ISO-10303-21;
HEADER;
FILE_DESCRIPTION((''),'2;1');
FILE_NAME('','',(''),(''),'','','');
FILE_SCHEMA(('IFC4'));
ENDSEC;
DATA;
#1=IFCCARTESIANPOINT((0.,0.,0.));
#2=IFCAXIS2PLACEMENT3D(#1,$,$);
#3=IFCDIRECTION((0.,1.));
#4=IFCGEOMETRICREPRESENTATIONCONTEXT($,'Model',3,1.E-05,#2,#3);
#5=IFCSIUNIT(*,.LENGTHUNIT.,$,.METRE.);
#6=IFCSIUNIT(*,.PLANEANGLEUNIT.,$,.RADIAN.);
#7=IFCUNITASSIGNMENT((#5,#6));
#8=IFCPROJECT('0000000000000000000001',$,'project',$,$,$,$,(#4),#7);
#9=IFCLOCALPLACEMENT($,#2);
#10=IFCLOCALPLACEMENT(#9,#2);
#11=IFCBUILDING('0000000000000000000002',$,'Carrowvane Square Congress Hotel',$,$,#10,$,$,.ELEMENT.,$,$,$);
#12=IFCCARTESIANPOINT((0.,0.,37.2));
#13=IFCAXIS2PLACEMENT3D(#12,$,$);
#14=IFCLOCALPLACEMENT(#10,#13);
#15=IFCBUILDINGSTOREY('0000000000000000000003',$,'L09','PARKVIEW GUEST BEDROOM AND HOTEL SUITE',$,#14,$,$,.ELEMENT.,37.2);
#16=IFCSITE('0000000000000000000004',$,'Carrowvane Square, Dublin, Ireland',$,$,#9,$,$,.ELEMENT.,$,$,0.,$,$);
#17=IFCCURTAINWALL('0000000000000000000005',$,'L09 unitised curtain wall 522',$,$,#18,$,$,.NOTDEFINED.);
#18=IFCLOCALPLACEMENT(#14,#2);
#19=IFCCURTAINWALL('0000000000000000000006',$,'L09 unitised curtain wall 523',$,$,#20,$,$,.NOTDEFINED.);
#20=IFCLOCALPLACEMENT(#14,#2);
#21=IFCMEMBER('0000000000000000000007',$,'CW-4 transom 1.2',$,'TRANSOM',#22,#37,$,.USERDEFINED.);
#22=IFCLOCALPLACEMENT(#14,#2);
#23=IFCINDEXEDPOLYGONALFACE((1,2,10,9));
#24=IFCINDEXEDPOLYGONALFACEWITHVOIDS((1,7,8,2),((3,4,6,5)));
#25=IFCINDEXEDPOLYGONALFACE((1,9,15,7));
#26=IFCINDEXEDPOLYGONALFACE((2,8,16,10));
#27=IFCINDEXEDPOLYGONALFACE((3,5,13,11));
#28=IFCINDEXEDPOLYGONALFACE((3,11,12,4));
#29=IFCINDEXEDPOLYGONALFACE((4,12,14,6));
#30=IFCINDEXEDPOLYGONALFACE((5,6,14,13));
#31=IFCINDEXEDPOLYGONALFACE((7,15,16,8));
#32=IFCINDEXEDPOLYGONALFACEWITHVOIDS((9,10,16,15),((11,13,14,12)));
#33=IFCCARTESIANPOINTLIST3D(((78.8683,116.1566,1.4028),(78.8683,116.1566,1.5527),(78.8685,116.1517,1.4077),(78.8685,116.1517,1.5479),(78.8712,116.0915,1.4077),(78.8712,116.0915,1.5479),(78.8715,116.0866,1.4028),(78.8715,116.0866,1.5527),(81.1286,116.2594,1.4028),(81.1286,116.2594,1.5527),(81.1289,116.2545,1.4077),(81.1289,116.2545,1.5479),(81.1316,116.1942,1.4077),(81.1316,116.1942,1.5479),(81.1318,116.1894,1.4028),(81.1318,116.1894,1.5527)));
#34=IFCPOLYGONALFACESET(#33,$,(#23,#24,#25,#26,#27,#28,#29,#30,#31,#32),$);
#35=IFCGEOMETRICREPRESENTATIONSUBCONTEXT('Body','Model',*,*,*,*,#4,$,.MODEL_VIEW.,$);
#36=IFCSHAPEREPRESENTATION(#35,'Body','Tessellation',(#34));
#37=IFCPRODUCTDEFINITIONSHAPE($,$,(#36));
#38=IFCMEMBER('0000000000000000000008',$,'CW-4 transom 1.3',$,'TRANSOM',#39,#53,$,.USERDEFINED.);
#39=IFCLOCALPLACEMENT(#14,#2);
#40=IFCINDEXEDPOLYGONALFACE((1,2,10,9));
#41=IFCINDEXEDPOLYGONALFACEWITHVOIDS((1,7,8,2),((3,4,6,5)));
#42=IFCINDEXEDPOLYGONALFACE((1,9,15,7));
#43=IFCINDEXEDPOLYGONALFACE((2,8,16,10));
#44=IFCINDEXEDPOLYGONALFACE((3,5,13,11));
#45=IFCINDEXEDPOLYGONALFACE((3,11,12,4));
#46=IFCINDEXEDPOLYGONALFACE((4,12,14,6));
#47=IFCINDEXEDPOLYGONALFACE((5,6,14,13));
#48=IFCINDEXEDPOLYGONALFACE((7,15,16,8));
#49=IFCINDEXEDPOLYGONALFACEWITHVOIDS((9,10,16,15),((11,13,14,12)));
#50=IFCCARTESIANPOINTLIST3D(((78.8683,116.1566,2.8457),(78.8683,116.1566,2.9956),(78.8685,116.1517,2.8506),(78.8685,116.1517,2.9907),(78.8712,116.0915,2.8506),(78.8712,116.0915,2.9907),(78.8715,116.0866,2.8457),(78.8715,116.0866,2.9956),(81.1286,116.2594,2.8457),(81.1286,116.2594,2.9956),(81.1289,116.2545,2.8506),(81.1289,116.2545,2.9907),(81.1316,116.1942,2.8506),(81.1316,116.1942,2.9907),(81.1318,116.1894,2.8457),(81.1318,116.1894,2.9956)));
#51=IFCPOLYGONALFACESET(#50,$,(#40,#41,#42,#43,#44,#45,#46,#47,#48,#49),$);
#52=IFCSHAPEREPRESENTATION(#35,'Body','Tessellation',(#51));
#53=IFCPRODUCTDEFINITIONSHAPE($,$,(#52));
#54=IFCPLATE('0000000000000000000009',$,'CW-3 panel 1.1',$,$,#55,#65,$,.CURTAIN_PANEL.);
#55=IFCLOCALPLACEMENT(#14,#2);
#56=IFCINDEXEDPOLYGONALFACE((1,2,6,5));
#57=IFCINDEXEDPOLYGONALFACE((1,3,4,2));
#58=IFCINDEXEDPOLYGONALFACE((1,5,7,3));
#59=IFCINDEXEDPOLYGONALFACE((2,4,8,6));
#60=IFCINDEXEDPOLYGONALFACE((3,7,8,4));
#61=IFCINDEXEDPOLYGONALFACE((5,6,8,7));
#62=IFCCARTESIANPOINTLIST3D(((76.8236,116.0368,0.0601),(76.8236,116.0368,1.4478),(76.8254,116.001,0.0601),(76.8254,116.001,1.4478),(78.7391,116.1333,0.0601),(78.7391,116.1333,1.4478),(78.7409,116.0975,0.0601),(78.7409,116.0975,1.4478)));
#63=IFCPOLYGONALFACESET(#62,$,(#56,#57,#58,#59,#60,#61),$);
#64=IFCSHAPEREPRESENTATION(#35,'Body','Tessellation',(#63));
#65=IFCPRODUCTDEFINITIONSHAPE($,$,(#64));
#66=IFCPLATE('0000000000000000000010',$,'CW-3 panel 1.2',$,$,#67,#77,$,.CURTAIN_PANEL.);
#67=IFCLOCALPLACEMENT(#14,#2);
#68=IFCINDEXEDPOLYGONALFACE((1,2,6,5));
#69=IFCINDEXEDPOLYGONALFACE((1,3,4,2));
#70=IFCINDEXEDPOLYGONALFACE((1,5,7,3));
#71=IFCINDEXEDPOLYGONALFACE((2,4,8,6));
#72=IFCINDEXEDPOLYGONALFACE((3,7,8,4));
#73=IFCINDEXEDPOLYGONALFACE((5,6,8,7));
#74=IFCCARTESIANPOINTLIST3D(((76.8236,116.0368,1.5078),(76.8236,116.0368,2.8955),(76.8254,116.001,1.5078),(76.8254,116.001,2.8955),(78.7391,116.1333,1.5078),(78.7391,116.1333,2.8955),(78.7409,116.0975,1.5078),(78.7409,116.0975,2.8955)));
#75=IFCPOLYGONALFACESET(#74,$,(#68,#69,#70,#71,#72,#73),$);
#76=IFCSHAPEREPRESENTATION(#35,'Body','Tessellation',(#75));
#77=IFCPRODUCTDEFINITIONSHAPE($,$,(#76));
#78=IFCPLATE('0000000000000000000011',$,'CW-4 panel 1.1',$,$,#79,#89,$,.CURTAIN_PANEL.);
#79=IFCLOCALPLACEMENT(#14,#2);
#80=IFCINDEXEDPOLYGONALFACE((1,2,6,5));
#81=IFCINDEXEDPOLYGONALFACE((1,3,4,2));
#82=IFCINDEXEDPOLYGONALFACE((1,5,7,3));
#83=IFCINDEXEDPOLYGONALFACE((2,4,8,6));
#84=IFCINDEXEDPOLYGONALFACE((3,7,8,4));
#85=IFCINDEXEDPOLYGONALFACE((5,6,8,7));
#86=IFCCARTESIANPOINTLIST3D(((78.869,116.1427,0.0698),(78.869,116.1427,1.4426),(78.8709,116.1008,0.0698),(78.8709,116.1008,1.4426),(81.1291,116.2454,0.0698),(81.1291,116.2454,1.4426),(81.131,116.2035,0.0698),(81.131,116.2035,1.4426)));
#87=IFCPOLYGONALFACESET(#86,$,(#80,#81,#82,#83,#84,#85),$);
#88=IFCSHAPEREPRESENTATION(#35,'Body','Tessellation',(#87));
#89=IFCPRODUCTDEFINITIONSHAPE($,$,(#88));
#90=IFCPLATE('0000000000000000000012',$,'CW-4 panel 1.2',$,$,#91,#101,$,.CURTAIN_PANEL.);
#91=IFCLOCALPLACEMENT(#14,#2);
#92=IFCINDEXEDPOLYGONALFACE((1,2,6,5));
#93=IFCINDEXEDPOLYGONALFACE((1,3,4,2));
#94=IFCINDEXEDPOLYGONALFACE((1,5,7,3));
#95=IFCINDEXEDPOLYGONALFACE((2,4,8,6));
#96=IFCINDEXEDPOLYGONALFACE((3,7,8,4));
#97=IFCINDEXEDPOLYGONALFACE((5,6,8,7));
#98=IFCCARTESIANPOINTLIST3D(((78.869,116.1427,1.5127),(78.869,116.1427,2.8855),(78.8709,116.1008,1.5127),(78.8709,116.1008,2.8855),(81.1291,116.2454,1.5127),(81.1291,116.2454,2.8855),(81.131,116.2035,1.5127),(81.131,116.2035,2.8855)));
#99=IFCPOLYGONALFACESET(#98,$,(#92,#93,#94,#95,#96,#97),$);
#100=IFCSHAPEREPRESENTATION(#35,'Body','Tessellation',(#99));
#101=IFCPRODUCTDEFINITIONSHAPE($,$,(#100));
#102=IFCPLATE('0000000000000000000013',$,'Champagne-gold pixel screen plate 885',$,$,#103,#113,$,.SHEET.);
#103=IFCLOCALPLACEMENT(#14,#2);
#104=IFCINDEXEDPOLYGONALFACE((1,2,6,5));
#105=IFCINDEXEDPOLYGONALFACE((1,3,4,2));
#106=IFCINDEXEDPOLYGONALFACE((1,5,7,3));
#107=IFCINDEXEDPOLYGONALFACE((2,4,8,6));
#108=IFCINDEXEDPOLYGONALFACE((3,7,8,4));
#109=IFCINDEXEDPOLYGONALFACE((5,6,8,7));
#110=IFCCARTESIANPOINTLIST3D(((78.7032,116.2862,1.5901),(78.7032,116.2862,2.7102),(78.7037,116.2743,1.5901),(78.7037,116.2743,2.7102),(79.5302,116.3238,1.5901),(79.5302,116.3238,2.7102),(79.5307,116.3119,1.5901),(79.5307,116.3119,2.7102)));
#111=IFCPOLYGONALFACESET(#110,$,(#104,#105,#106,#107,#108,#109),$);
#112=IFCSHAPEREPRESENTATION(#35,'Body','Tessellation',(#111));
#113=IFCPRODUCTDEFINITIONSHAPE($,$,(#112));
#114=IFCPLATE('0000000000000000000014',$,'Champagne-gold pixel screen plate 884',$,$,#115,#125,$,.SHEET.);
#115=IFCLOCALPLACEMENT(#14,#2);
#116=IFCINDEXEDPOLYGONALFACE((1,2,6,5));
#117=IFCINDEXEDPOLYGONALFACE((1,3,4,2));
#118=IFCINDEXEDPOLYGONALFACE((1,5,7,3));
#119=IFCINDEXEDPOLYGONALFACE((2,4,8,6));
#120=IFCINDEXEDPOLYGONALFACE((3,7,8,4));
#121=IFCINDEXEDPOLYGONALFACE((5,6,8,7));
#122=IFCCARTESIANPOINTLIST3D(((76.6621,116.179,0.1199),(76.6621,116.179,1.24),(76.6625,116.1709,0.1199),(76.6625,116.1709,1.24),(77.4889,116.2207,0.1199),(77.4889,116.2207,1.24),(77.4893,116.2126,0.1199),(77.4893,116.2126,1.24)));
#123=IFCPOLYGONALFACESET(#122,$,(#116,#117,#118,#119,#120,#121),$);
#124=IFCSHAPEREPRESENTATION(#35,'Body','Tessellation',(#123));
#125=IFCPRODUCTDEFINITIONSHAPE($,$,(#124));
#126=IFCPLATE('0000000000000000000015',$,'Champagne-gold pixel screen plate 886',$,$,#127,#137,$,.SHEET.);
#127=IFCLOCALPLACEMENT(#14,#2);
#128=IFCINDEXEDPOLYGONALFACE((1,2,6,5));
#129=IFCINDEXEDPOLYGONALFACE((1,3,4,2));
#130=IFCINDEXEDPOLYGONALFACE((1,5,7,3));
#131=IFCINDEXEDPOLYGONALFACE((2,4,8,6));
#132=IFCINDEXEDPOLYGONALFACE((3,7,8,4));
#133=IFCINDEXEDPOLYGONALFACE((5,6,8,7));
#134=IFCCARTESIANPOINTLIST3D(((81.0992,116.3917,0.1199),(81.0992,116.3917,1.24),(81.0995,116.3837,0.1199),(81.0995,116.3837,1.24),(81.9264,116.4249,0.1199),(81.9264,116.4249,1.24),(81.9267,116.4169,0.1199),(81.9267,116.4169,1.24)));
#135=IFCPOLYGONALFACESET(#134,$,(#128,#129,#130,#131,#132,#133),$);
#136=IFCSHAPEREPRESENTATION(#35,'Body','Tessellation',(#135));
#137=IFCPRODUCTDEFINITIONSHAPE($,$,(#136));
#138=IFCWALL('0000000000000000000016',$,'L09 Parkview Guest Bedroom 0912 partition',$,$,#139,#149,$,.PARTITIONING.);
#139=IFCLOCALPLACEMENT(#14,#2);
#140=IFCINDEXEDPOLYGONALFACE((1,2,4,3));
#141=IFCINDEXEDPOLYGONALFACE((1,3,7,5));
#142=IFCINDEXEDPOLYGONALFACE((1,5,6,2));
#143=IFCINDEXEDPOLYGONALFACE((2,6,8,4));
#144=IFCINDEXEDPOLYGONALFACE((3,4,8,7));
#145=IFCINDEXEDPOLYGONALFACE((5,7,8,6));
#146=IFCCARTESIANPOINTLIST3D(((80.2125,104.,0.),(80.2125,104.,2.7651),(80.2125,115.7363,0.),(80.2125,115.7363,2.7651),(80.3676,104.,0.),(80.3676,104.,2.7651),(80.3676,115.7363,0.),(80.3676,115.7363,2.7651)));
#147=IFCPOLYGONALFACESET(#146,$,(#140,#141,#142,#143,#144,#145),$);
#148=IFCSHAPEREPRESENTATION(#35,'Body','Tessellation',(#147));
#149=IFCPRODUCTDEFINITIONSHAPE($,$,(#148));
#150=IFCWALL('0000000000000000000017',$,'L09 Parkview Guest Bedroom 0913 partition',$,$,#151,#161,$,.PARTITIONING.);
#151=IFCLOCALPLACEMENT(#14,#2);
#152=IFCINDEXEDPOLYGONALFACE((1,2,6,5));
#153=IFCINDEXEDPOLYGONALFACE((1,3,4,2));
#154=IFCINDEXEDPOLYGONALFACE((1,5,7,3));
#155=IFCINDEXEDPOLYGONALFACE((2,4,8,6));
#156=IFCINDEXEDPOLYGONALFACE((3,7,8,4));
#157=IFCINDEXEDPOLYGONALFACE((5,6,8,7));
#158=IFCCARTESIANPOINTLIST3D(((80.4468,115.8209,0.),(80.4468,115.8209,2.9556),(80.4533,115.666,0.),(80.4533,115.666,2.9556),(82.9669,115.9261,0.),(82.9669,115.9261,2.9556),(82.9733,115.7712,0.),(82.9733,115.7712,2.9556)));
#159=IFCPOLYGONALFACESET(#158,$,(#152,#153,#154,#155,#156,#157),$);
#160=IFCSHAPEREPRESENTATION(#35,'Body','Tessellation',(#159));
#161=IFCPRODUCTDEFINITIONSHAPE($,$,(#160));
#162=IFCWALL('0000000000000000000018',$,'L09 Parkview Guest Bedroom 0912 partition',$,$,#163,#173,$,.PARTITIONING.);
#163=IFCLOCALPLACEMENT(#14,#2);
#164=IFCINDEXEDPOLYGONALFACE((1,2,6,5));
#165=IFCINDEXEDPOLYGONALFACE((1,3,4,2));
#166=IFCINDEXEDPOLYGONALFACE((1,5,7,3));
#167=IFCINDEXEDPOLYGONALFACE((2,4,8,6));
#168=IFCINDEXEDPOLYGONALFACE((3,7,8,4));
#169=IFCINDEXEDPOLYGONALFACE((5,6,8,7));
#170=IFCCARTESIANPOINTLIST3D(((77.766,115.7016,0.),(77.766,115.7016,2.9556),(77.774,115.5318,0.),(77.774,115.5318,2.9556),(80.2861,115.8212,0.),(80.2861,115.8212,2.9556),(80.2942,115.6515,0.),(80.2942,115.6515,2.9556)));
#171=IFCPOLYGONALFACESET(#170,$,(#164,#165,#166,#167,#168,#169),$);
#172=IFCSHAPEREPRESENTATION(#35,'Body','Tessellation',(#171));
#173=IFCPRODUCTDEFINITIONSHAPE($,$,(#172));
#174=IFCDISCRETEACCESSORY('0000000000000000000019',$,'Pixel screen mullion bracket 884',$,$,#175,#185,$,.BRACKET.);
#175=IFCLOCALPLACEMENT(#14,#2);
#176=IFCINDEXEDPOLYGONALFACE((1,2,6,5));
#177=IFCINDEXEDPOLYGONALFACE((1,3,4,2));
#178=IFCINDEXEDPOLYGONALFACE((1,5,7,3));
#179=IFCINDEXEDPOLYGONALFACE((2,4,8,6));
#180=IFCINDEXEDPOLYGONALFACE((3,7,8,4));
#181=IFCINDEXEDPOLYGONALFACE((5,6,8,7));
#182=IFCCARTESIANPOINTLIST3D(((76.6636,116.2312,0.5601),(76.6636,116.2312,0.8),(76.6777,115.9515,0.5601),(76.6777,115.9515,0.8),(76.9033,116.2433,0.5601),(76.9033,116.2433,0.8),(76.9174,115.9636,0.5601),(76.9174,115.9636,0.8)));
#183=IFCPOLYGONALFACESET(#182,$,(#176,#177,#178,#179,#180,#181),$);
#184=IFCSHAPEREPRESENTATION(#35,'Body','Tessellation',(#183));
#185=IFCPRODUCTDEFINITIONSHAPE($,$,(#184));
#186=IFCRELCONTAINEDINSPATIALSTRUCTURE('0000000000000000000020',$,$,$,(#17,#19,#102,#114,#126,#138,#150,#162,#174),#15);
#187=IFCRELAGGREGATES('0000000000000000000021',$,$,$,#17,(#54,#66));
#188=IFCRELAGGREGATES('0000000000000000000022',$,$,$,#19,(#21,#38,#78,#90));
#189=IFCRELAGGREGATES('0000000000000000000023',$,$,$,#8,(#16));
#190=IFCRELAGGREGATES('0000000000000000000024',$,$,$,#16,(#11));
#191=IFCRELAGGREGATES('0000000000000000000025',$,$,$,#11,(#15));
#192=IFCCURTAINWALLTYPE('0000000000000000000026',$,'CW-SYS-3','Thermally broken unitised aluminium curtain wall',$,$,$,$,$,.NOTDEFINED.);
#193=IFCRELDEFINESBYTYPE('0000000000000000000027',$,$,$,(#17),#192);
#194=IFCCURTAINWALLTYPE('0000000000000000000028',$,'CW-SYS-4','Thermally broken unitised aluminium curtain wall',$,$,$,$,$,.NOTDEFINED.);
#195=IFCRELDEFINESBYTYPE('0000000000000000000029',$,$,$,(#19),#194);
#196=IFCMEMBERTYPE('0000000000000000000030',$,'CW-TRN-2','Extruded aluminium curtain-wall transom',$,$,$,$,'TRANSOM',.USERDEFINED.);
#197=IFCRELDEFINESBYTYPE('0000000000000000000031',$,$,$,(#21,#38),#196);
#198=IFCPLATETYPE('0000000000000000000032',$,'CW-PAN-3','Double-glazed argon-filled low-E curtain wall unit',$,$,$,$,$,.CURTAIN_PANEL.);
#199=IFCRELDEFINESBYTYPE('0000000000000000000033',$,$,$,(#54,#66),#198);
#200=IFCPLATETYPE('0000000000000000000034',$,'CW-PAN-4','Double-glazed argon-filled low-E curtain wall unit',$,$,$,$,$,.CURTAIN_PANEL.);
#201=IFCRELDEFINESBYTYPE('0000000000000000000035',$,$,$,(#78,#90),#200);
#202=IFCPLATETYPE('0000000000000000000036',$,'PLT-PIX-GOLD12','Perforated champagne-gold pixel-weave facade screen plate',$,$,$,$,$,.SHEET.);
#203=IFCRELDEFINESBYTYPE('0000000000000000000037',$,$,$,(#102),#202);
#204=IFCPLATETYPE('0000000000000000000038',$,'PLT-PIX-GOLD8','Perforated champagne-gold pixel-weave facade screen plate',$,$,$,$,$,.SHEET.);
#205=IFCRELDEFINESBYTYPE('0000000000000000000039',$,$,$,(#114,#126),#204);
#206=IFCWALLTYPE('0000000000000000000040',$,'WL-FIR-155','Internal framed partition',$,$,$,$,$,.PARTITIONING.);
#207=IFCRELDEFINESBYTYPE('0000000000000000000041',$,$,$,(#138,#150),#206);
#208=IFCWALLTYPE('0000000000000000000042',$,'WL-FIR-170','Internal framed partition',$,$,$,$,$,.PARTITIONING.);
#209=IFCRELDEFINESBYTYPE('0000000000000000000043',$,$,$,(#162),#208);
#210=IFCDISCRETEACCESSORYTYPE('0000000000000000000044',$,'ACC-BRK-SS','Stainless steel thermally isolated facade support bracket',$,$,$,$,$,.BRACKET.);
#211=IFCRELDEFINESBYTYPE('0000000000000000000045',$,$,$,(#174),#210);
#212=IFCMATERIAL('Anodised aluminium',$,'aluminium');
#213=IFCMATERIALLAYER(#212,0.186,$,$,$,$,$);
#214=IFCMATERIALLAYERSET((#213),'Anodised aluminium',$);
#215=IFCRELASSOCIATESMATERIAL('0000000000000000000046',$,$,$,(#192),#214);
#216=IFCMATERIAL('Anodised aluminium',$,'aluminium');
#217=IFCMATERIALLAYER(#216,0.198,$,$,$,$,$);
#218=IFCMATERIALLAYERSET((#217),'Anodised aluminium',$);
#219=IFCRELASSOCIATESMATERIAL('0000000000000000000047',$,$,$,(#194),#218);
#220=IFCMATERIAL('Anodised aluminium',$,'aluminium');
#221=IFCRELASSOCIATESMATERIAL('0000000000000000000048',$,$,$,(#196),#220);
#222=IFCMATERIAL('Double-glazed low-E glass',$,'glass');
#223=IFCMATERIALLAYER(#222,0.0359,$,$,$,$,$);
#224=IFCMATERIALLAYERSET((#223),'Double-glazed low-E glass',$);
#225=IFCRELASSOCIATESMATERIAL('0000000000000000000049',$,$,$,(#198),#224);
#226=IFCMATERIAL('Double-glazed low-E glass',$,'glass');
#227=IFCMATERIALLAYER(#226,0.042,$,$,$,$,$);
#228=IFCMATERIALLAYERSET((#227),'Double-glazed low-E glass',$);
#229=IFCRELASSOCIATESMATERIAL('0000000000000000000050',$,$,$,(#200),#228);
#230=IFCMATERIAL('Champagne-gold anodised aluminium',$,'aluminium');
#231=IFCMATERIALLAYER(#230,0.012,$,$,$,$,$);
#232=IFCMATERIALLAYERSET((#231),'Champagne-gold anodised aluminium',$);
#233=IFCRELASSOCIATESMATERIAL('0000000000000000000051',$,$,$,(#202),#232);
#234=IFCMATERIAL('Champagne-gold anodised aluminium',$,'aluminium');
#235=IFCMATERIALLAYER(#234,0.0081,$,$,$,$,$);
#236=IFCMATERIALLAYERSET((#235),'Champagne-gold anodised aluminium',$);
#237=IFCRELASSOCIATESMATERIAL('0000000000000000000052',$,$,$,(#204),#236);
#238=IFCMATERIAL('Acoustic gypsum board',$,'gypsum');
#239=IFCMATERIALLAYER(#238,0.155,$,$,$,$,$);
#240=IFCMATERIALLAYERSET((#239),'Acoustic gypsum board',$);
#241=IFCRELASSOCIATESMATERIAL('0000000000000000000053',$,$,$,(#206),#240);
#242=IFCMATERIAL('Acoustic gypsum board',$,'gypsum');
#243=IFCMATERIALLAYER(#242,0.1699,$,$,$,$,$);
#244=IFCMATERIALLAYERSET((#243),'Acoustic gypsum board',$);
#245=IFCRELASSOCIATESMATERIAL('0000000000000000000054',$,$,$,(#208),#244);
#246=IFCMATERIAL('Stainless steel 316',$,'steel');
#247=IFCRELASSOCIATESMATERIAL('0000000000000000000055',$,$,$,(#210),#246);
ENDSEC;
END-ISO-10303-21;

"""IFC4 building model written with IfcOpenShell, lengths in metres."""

from ifc_helpers import new_model, si_unit, direction, frame, frame_2d, origin, origin_2d, place, context, subcontext, project, spatial, rectangle, hollow_rectangle, extrude, material, layer, layer_set, material_profile, profile_set, type_object, element, aggregate, save


model = new_model("IFC4")

# Units and contexts
model_context = context("Model", 3, precision=1e-05, world=origin(), true_north=direction((0.0, 1.0)))
body_context = subcontext(model_context, "Body", "Model", "MODEL_VIEW")
ifc_project = project(units=[si_unit("LENGTHUNIT", "METRE"), si_unit("PLANEANGLEUNIT", "RADIAN")], contexts=[model_context])

# Site, building, storey
site_placement = place(None, origin())
site = spatial("IfcSite", under=ifc_project, at=site_placement, Name="Carrowvane Square, Dublin, Ireland", CompositionType="ELEMENT", RefElevation=0.0)
building_placement = place(site_placement, origin())
building = spatial("IfcBuilding", under=site, at=building_placement, Name="Carrowvane Square Congress Hotel", CompositionType="ELEMENT")
storey_placement = place(building_placement, frame((0.0, 0.0, 37.2)))
storey = spatial("IfcBuildingStorey", under=building, at=storey_placement, Name="L09", Description="PARKVIEW GUEST BEDROOM AND HOTEL SUITE", CompositionType="ELEMENT", Elevation=37.2)

# Curtain wall
ifc_material_1 = material(Name="Anodised aluminium", Category="aluminium")
ifc_layer_1 = layer(ifc_material_1, 0.186)
ifc_layer_set_1 = layer_set([ifc_layer_1], Name="Anodised aluminium")
curtain_wall_type_1 = type_object("IfcCurtainWallType", Name="CW-SYS-3", Description="Thermally broken unitised aluminium curtain wall", PredefinedType="NOTDEFINED", material=ifc_layer_set_1)
curtain_wall_1_placement = place(storey_placement, origin())
curtain_wall_1 = element("IfcCurtainWall", 1, at=curtain_wall_1_placement, inside=storey, type_object=curtain_wall_type_1, Name="L09 unitised curtain wall 522", PredefinedType="NOTDEFINED")

# Curtain wall
ifc_material_2 = material(Name="Anodised aluminium", Category="aluminium")
ifc_layer_2 = layer(ifc_material_2, 0.198)
ifc_layer_set_2 = layer_set([ifc_layer_2], Name="Anodised aluminium")
curtain_wall_type_2 = type_object("IfcCurtainWallType", Name="CW-SYS-4", Description="Thermally broken unitised aluminium curtain wall", PredefinedType="NOTDEFINED", material=ifc_layer_set_2)
curtain_wall_2_placement = place(storey_placement, origin())
curtain_wall_2 = element("IfcCurtainWall", 2, at=curtain_wall_2_placement, inside=storey, type_object=curtain_wall_type_2, Name="L09 unitised curtain wall 523", PredefinedType="NOTDEFINED")

# Members
ifc_material_3 = material(Name="Anodised aluminium", Category="aluminium")
ifc_material_profile_1 = material_profile(ifc_material_3, hollow_rectangle(XDim=0.0701, YDim=0.1499, WallThickness=0.0049, at=origin_2d()), Name="CW-TR 70x150x5")
ifc_profile_set_1 = profile_set([ifc_material_profile_1], Name="Anodised aluminium")
member_type_1 = type_object("IfcMemberType", Name="CW-TRN-2", Description="Extruded aluminium curtain-wall transom", ElementType="TRANSOM", PredefinedType="USERDEFINED", material=ifc_profile_set_1)
member_1_placement = place(storey_placement, frame((78.8699, 116.1216, 1.4778), z_axis=(0.998968, 0.045427, 0.0), x_axis=(-0.045427, 0.998968, 0.0)))
member_1 = element("IfcMember", 3, at=member_1_placement, type_object=member_type_1, Name="CW-4 transom 1.2", ObjectType="TRANSOM", PredefinedType="USERDEFINED", context=body_context, shape_type="SweptSolid", body=[
    extrude(hollow_rectangle(XDim=0.0701, YDim=0.1499, WallThickness=0.0049, at=origin_2d()), origin(), (0.0, 0.0, 1.0), 2.2627),
])
member_2_placement = place(storey_placement, frame((78.8699, 116.1216, 2.9207), z_axis=(0.998968, 0.045427, 0.0), x_axis=(-0.045427, 0.998968, 0.0)))
member_2 = element("IfcMember", 4, at=member_2_placement, type_object=member_type_1, Name="CW-4 transom 1.3", ObjectType="TRANSOM", PredefinedType="USERDEFINED", context=body_context, shape_type="SweptSolid", body=[
    extrude(hollow_rectangle(XDim=0.0701, YDim=0.1499, WallThickness=0.0049, at=origin_2d()), origin(), (0.0, 0.0, 1.0), 2.2627),
])

# Plates
ifc_material_4 = material(Name="Double-glazed low-E glass", Category="glass")
ifc_layer_3 = layer(ifc_material_4, 0.0359)
ifc_layer_set_3 = layer_set([ifc_layer_3], Name="Double-glazed low-E glass")
plate_type_1 = type_object("IfcPlateType", Name="CW-PAN-3", Description="Double-glazed argon-filled low-E curtain wall unit", PredefinedType="CURTAIN_PANEL", material=ifc_layer_set_3)
plate_1_placement = place(storey_placement, frame((77.7822, 116.0671, 0.0601), z_axis=(0.0, 0.0, 1.0), x_axis=(0.998733, 0.050324, 0.0)))
plate_1 = element("IfcPlate", 5, at=plate_1_placement, type_object=plate_type_1, Name="CW-3 panel 1.1", PredefinedType="CURTAIN_PANEL", context=body_context, shape_type="SweptSolid", body=[
    extrude(rectangle(XDim=1.918, YDim=0.0359, at=origin_2d()), origin(), (0.0, 0.0, 1.0), 1.3877),
])
plate_2_placement = place(storey_placement, frame((77.7822, 116.0671, 1.5078), z_axis=(0.0, 0.0, 1.0), x_axis=(0.998733, 0.050324, 0.0)))
plate_2 = element("IfcPlate", 6, at=plate_2_placement, type_object=plate_type_1, Name="CW-3 panel 1.2", PredefinedType="CURTAIN_PANEL", context=body_context, shape_type="SweptSolid", body=[
    extrude(rectangle(XDim=1.918, YDim=0.0359, at=origin_2d()), origin(), (0.0, 0.0, 1.0), 1.3877),
])
aggregate(curtain_wall_1, [plate_1, plate_2])
ifc_material_5 = material(Name="Double-glazed low-E glass", Category="glass")
ifc_layer_4 = layer(ifc_material_5, 0.042)
ifc_layer_set_4 = layer_set([ifc_layer_4], Name="Double-glazed low-E glass")
plate_type_2 = type_object("IfcPlateType", Name="CW-PAN-4", Description="Double-glazed argon-filled low-E curtain wall unit", PredefinedType="CURTAIN_PANEL", material=ifc_layer_set_4)
plate_3_placement = place(storey_placement, frame((80.0, 116.1731, 0.0698), z_axis=(0.0, 0.0, 1.0), x_axis=(0.998968, 0.045411, 0.0)))
plate_3 = element("IfcPlate", 7, at=plate_3_placement, type_object=plate_type_2, Name="CW-4 panel 1.1", PredefinedType="CURTAIN_PANEL", context=body_context, shape_type="SweptSolid", body=[
    extrude(rectangle(XDim=2.2625, YDim=0.042, at=origin_2d()), origin(), (0.0, 0.0, 1.0), 1.3728),
])
plate_4_placement = place(storey_placement, frame((80.0, 116.1731, 1.5127), z_axis=(0.0, 0.0, 1.0), x_axis=(0.998968, 0.045411, 0.0)))
plate_4 = element("IfcPlate", 8, at=plate_4_placement, type_object=plate_type_2, Name="CW-4 panel 1.2", PredefinedType="CURTAIN_PANEL", context=body_context, shape_type="SweptSolid", body=[
    extrude(rectangle(XDim=2.2625, YDim=0.042, at=origin_2d()), origin(), (0.0, 0.0, 1.0), 1.3728),
])
aggregate(curtain_wall_2, [member_1, member_2, plate_3, plate_4])

# Plates
ifc_material_6 = material(Name="Champagne-gold anodised aluminium", Category="aluminium")
ifc_layer_5 = layer(ifc_material_6, 0.012)
ifc_layer_set_5 = layer_set([ifc_layer_5], Name="Champagne-gold anodised aluminium")
plate_type_3 = type_object("IfcPlateType", Name="PLT-PIX-GOLD12", Description="Perforated champagne-gold pixel-weave facade screen plate", PredefinedType="SHEET", material=ifc_layer_set_5)
plate_5_placement = place(storey_placement, frame((79.1169, 116.2991, 1.5901), z_axis=(0.0, 0.0, 1.0), x_axis=(0.998968, 0.045414, 0.0)))
element("IfcPlate", 9, at=plate_5_placement, inside=storey, type_object=plate_type_3, Name="Champagne-gold pixel screen plate 885", PredefinedType="SHEET", context=body_context, shape_type="SweptSolid", body=[
    extrude(rectangle(XDim=0.8279, YDim=0.012, at=origin_2d()), origin(), (0.0, 0.0, 1.0), 1.1201),
])
ifc_material_7 = material(Name="Champagne-gold anodised aluminium", Category="aluminium")
ifc_layer_6 = layer(ifc_material_7, 0.0081)
ifc_layer_set_6 = layer_set([ifc_layer_6], Name="Champagne-gold anodised aluminium")
plate_type_4 = type_object("IfcPlateType", Name="PLT-PIX-GOLD8", Description="Perforated champagne-gold pixel-weave facade screen plate", PredefinedType="SHEET", material=ifc_layer_set_6)
for number, where, z_axis, x_axis, name in (
    (10, (77.0757, 116.1958, 0.1199), (0.0, 0.0, 1.0), (0.998733, 0.050322, 0.0), "Champagne-gold pixel screen plate 884"),
    (11, (81.5129, 116.4043, 0.1199), (0.0, 0.0, 1.0), (0.999194, 0.040134, 0.0), "Champagne-gold pixel screen plate 886"),
):
    element("IfcPlate", number, at=place(storey_placement, frame(where, z_axis=z_axis, x_axis=x_axis)), inside=storey, type_object=plate_type_4, Name=name, PredefinedType="SHEET", context=body_context, shape_type="SweptSolid", body=[
        extrude(rectangle(XDim=0.8279, YDim=0.0081, at=origin_2d()), origin(), (0.0, 0.0, 1.0), 1.1201),
    ])

# Walls
ifc_material_8 = material(Name="Acoustic gypsum board", Category="gypsum")
ifc_layer_7 = layer(ifc_material_8, 0.155)
ifc_layer_set_7 = layer_set([ifc_layer_7], Name="Acoustic gypsum board")
wall_type_1 = type_object("IfcWallType", Name="WL-FIR-155", Description="Internal framed partition", PredefinedType="PARTITIONING", material=ifc_layer_set_7)
wall_1_placement = place(storey_placement, frame((80.29, 115.7363, 0.0), z_axis=(0.0, 0.0, 1.0), x_axis=(0.0, -1.0, 0.0)))
element("IfcWall", 12, at=wall_1_placement, inside=storey, type_object=wall_type_1, Name="L09 Parkview Guest Bedroom 0912 partition", PredefinedType="PARTITIONING", context=body_context, shape_type="SweptSolid", body=[
    extrude(rectangle(XDim=11.7363, YDim=0.155, at=frame_2d((5.8682, 0.0))), origin(), (0.0, 0.0, 1.0), 2.7651),
])
wall_2_placement = place(storey_placement, frame((80.45, 115.7434, 0.0), z_axis=(0.0, 0.0, 1.0), x_axis=(0.999129, 0.041719, 0.0)))
element("IfcWall", 13, at=wall_2_placement, inside=storey, type_object=wall_type_1, Name="L09 Parkview Guest Bedroom 0913 partition", PredefinedType="PARTITIONING", context=body_context, shape_type="SweptSolid", body=[
    extrude(rectangle(XDim=2.5222, YDim=0.155, at=frame_2d((1.2612, 0.0))), origin(), (0.0, 0.0, 1.0), 2.9556),
])
ifc_material_9 = material(Name="Acoustic gypsum board", Category="gypsum")
ifc_layer_8 = layer(ifc_material_9, 0.1699)
ifc_layer_set_8 = layer_set([ifc_layer_8], Name="Acoustic gypsum board")
wall_type_2 = type_object("IfcWallType", Name="WL-FIR-170", Description="Internal framed partition", PredefinedType="PARTITIONING", material=ifc_layer_set_8)
wall_3_placement = place(storey_placement, frame((77.77, 115.6167, 0.0), z_axis=(0.0, 0.0, 1.0), x_axis=(0.998875, 0.047418, 0.0)))
element("IfcWall", 14, at=wall_3_placement, inside=storey, type_object=wall_type_2, Name="L09 Parkview Guest Bedroom 0912 partition", PredefinedType="PARTITIONING", context=body_context, shape_type="SweptSolid", body=[
    extrude(rectangle(XDim=2.5229, YDim=0.1699, at=frame_2d((1.2615, 0.0))), origin(), (0.0, 0.0, 1.0), 2.9556),
])

# Discrete accessory
ifc_material_10 = material(Name="Stainless steel 316", Category="steel")
discrete_accessory_type = type_object("IfcDiscreteAccessoryType", Name="ACC-BRK-SS", Description="Stainless steel thermally isolated facade support bracket", PredefinedType="BRACKET", material=ifc_material_10)
for number, where, z_axis, x_axis, name in (
    (15, (76.7905, 116.0974, 0.5601), (0.0, 0.0, 1.0), (0.998733, 0.050322, 0.0), "Pixel screen mullion bracket 884"),
):
    element("IfcDiscreteAccessory", number, at=place(storey_placement, frame(where, z_axis=z_axis, x_axis=x_axis)), inside=storey, type_object=discrete_accessory_type, Name=name, PredefinedType="BRACKET", context=body_context, shape_type="SweptSolid", body=[
        extrude(rectangle(XDim=0.24, YDim=0.28, at=origin_2d()), origin(), (0.0, 0.0, 1.0), 0.24),
    ])

save(model, "model.ifc")
